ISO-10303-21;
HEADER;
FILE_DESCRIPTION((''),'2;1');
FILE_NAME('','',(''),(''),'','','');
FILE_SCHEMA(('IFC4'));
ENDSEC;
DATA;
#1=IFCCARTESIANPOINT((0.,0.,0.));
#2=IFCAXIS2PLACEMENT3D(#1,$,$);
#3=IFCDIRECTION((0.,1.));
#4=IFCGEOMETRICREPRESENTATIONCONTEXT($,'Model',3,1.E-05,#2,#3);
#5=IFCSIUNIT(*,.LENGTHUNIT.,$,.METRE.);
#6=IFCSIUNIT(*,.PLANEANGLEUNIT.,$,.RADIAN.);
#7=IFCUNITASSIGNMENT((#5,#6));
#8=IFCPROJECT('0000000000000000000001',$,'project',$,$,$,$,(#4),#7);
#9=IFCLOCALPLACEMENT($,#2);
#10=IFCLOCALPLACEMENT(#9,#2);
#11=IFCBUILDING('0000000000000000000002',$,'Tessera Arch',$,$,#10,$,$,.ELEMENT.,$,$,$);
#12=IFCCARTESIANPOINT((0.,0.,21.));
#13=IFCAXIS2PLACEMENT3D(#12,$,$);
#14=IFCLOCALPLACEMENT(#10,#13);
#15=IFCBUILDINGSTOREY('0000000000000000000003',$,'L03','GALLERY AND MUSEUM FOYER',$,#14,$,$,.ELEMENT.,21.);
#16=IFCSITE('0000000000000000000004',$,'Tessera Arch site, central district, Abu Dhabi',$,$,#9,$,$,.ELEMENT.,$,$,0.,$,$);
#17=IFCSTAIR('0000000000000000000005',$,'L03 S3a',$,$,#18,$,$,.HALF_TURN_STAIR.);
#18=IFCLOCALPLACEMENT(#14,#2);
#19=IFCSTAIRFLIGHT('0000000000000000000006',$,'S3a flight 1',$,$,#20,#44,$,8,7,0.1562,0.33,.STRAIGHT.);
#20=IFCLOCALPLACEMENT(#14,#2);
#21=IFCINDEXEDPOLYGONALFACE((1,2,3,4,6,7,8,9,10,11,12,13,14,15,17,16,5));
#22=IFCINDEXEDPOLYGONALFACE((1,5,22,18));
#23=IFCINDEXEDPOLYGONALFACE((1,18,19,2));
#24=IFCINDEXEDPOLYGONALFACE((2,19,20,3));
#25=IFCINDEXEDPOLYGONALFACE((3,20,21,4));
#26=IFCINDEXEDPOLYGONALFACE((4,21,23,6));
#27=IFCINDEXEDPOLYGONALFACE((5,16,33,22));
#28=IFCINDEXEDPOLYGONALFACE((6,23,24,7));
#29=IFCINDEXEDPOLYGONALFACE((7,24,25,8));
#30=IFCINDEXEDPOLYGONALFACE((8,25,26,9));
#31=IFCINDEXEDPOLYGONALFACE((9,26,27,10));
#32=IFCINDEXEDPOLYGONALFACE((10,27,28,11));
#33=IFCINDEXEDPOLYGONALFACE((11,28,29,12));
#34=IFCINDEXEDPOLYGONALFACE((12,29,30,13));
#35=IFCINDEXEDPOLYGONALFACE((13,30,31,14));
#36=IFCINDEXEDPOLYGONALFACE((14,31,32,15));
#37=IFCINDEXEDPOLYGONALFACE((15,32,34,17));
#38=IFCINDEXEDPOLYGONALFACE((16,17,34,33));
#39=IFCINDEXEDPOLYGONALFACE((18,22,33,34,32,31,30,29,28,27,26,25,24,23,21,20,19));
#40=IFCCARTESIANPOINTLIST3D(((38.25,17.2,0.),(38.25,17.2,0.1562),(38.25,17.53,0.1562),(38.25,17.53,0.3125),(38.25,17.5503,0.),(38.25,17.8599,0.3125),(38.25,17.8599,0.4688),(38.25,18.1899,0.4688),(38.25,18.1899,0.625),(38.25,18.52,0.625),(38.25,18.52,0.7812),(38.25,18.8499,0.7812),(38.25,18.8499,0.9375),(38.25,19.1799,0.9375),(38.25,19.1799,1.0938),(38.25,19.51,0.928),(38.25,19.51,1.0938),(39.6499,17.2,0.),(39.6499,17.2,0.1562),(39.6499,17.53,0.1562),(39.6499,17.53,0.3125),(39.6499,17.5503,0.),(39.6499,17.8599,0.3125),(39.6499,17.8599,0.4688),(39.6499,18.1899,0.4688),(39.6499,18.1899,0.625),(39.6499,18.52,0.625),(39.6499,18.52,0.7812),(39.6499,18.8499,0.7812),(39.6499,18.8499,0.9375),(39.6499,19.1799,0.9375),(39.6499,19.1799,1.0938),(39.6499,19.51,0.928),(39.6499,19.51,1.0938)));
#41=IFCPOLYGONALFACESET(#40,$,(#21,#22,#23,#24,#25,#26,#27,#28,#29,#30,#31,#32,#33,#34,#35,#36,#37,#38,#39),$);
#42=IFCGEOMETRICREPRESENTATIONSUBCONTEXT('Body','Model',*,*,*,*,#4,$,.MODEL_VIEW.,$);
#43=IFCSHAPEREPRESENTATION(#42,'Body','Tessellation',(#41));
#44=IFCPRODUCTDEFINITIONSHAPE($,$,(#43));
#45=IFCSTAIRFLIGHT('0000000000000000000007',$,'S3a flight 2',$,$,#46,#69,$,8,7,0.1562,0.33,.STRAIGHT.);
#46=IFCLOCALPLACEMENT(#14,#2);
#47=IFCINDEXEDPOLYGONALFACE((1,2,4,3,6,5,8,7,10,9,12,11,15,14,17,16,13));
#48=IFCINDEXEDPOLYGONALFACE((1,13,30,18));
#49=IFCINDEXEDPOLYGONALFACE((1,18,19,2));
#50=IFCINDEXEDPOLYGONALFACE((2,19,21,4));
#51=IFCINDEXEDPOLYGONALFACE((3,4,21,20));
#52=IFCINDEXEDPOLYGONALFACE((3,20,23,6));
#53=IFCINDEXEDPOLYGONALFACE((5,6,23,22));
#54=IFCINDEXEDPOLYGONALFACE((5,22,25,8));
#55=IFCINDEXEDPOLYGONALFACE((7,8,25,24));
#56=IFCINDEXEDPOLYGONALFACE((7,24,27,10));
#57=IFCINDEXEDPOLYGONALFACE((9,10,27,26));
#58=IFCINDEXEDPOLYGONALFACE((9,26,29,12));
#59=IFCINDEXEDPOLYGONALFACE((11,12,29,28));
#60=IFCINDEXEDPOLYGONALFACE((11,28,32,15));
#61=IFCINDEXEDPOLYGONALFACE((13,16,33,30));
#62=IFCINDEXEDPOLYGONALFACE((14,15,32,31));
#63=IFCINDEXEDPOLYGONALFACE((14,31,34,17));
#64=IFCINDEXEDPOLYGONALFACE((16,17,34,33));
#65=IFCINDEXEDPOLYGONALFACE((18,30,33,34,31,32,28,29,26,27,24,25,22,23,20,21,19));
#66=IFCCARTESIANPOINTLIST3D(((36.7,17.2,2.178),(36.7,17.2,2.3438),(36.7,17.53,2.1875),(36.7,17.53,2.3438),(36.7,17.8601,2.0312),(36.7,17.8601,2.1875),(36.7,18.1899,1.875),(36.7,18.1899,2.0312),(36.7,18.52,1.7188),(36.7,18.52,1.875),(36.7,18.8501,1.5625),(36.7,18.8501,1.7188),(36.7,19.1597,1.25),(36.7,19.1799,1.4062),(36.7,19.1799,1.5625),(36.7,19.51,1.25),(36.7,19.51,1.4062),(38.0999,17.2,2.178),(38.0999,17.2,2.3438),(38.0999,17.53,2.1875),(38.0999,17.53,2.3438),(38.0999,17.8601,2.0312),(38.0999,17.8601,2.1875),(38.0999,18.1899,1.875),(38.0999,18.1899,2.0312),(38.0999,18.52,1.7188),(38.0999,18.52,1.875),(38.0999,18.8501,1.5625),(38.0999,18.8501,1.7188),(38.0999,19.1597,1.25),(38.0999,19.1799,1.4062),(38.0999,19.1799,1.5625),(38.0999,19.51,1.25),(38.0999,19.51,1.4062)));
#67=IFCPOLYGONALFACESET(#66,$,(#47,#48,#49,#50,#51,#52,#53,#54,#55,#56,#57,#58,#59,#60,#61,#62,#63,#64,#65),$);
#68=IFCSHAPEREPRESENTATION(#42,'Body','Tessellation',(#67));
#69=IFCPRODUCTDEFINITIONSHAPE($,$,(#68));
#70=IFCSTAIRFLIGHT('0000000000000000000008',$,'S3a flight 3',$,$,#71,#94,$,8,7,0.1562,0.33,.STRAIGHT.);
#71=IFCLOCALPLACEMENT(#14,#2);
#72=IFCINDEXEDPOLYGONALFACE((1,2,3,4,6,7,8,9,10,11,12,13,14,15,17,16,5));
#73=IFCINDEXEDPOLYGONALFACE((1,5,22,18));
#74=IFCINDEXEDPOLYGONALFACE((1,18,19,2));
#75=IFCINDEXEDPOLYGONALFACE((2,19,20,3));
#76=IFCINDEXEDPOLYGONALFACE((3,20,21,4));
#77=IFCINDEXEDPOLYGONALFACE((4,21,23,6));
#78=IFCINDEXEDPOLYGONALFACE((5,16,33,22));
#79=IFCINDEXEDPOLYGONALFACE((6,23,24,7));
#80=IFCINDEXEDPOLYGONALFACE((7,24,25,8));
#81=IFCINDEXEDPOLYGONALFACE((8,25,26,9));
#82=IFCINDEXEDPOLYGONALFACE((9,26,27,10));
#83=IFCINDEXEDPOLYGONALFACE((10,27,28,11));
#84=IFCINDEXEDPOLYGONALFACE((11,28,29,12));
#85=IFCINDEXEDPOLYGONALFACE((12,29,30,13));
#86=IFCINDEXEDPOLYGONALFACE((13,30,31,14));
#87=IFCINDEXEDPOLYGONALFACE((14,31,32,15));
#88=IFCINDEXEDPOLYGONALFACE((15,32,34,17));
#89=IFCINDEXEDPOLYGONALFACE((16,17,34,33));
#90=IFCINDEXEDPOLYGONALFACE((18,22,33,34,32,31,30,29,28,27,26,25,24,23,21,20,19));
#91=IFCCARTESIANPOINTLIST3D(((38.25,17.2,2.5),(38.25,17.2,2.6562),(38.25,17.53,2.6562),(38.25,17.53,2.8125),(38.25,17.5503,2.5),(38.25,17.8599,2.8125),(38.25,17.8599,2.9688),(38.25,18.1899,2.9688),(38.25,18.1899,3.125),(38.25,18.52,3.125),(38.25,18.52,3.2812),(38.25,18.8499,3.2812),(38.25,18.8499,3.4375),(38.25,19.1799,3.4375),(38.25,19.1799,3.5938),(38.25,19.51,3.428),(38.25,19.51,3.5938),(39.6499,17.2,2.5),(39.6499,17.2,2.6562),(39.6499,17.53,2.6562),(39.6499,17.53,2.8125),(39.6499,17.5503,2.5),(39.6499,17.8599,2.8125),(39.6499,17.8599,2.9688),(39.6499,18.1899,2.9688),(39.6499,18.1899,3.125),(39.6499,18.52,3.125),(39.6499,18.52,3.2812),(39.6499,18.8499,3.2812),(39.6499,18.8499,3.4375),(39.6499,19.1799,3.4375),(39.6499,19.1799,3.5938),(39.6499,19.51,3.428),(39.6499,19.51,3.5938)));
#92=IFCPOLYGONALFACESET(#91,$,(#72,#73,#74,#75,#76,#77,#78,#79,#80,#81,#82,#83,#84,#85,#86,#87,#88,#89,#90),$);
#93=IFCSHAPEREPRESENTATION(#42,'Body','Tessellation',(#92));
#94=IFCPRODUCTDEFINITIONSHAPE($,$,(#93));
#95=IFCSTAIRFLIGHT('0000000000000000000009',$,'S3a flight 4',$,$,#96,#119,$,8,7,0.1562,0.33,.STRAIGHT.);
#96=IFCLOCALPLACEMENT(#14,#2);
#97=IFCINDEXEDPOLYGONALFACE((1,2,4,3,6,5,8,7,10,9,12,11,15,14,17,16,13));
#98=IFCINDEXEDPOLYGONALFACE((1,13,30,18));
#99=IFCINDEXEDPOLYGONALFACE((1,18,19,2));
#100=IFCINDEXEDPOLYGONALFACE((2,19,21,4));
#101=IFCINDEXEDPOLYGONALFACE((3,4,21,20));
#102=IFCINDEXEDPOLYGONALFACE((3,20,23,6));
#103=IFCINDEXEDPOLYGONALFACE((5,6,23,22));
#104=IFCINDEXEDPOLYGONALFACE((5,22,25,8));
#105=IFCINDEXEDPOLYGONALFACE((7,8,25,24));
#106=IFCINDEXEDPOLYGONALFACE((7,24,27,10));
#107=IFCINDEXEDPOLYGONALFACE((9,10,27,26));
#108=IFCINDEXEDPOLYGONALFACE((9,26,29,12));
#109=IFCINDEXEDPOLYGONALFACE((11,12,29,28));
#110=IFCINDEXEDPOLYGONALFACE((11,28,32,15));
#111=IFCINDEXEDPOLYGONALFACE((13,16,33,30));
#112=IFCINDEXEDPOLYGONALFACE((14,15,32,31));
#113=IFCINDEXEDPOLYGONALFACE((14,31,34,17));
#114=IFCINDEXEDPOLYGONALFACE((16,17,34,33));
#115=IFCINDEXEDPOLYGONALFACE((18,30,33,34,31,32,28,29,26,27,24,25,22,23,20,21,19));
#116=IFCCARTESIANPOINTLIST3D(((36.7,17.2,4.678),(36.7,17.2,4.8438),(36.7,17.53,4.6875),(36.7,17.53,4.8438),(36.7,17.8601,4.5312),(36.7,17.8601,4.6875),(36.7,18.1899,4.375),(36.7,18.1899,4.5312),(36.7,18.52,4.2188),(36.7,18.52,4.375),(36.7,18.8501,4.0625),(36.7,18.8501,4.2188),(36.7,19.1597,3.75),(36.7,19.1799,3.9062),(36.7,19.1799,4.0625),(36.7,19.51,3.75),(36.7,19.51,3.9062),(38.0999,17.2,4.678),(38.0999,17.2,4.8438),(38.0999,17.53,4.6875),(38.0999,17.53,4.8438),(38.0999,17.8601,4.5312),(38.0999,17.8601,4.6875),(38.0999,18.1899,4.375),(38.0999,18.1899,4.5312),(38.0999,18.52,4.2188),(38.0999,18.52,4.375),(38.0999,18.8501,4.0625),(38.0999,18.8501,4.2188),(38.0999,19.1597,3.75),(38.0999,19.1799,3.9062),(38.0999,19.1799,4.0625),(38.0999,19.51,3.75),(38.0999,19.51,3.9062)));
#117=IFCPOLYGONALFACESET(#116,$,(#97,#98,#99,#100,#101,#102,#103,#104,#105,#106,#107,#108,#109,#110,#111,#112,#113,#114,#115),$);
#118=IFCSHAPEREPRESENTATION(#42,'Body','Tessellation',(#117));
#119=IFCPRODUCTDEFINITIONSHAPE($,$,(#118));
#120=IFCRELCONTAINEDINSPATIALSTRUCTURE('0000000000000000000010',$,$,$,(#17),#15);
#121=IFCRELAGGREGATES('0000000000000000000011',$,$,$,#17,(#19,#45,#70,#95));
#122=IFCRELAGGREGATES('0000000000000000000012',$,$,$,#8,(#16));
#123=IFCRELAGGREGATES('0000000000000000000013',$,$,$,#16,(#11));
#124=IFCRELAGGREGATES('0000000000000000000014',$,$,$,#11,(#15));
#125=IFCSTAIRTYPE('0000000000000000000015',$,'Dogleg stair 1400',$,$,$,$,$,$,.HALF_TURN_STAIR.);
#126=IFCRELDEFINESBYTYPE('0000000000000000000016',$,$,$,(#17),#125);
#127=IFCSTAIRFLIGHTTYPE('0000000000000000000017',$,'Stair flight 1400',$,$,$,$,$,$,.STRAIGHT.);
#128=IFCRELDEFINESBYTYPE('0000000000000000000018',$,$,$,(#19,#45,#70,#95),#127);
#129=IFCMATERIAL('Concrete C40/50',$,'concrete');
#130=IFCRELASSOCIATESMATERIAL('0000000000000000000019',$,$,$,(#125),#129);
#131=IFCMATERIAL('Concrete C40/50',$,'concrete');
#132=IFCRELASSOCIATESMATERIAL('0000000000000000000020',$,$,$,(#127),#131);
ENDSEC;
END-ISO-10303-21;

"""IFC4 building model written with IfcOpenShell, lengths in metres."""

from ifc_helpers import new_model, si_unit, direction, frame, origin, place, context, subcontext, project, spatial, polyline, outline, extrude, material, type_object, element, aggregate, save


model = new_model("IFC4")

# Units and contexts
model_context = context("Model", 3, precision=1e-05, world=origin(), true_north=direction((0.0, 1.0)))
body_context = subcontext(model_context, "Body", "Model", "MODEL_VIEW")
ifc_project = project(units=[si_unit("LENGTHUNIT", "METRE"), si_unit("PLANEANGLEUNIT", "RADIAN")], contexts=[model_context])

# Site, building, storey
site_placement = place(None, origin())
site = spatial("IfcSite", under=ifc_project, at=site_placement, Name="Tessera Arch site, central district, Abu Dhabi", CompositionType="ELEMENT", RefElevation=0.0)
building_placement = place(site_placement, origin())
building = spatial("IfcBuilding", under=site, at=building_placement, Name="Tessera Arch", CompositionType="ELEMENT")
storey_placement = place(building_placement, frame((0.0, 0.0, 21.0)))
storey = spatial("IfcBuildingStorey", under=building, at=storey_placement, Name="L03", Description="GALLERY AND MUSEUM FOYER", CompositionType="ELEMENT", Elevation=21.0)

# Stair, stair flights
ifc_material_1 = material(Name="Concrete C40/50", Category="concrete")
stair_type = type_object("IfcStairType", Name="Dogleg stair 1400", PredefinedType="HALF_TURN_STAIR", material=ifc_material_1)
stair_placement = place(storey_placement, origin())
stair = element("IfcStair", 1, at=stair_placement, inside=storey, type_object=stair_type, Name="L03 S3a", PredefinedType="HALF_TURN_STAIR")
ifc_material_2 = material(Name="Concrete C40/50", Category="concrete")
stair_flight_type = type_object("IfcStairFlightType", Name="Stair flight 1400", PredefinedType="STRAIGHT", material=ifc_material_2)
stair_flight_1_placement = place(storey_placement, frame((38.95, 17.2, 0.0), z_axis=(0.0, 0.0, 1.0), x_axis=(0.0, 1.0, 0.0)))
stair_flight_1 = element("IfcStairFlight", 2, at=stair_flight_1_placement, type_object=stair_flight_type, Name="S3a flight 1", NumberOfRisers=8, NumberOfTreads=7, PredefinedType="STRAIGHT", RiserHeight=0.1562, TreadLength=0.33, context=body_context, shape_type="SweptSolid", body=[
    extrude(outline(polyline([(0.0, 0.0), (0.0, 0.1562), (0.3301, 0.1562), (0.3301, 0.3125), (0.6599, 0.3125), (0.6599, 0.4688), (0.99, 0.4688), (0.99, 0.625), (1.3201, 0.625), (1.3201, 0.7812), (1.6499, 0.7812), (1.6499, 0.9375), (1.98, 0.9375), (1.98, 1.0938), (2.3101, 1.0938), (2.3101, 1.25), (2.3101, 0.928), (0.3503, 0.0), (0.0, 0.0)])), frame((0.0, 0.7, 0.0), z_axis=(0.0, -1.0, 0.0), x_axis=(1.0, 0.0, 0.0)), (0.0, 0.0, 1.0), 1.3999),
])
stair_flight_2_placement = place(storey_placement, frame((37.3999, 19.51, 1.25), z_axis=(0.0, 0.0, 1.0), x_axis=(0.0, -1.0, 0.0)))
stair_flight_2 = element("IfcStairFlight", 3, at=stair_flight_2_placement, type_object=stair_flight_type, Name="S3a flight 2", NumberOfRisers=8, NumberOfTreads=7, PredefinedType="STRAIGHT", RiserHeight=0.1562, TreadLength=0.33, context=body_context, shape_type="SweptSolid", body=[
    extrude(outline(polyline([(0.0, 0.0), (0.0, 0.1562), (0.3301, 0.1562), (0.3301, 0.3125), (0.6599, 0.3125), (0.6599, 0.4688), (0.99, 0.4688), (0.99, 0.625), (1.3201, 0.625), (1.3201, 0.7812), (1.6499, 0.7812), (1.6499, 0.9375), (1.98, 0.9375), (1.98, 1.0938), (2.3101, 1.0938), (2.3101, 1.25), (2.3101, 0.928), (0.3503, 0.0), (0.0, 0.0)])), frame((0.0, 0.7, 0.0), z_axis=(0.0, -1.0, 0.0), x_axis=(1.0, 0.0, 0.0)), (0.0, 0.0, 1.0), 1.3999),
])
stair_flight_3_placement = place(storey_placement, frame((38.95, 17.2, 2.5), z_axis=(0.0, 0.0, 1.0), x_axis=(0.0, 1.0, 0.0)))
stair_flight_3 = element("IfcStairFlight", 4, at=stair_flight_3_placement, type_object=stair_flight_type, Name="S3a flight 3", NumberOfRisers=8, NumberOfTreads=7, PredefinedType="STRAIGHT", RiserHeight=0.1562, TreadLength=0.33, context=body_context, shape_type="SweptSolid", body=[
    extrude(outline(polyline([(0.0, 0.0), (0.0, 0.1562), (0.3301, 0.1562), (0.3301, 0.3125), (0.6599, 0.3125), (0.6599, 0.4688), (0.99, 0.4688), (0.99, 0.625), (1.3201, 0.625), (1.3201, 0.7812), (1.6499, 0.7812), (1.6499, 0.9375), (1.98, 0.9375), (1.98, 1.0938), (2.3101, 1.0938), (2.3101, 1.25), (2.3101, 0.928), (0.3503, 0.0), (0.0, 0.0)])), frame((0.0, 0.7, 0.0), z_axis=(0.0, -1.0, 0.0), x_axis=(1.0, 0.0, 0.0)), (0.0, 0.0, 1.0), 1.3999),
])
stair_flight_4_placement = place(storey_placement, frame((37.3999, 19.51, 3.75), z_axis=(0.0, 0.0, 1.0), x_axis=(0.0, -1.0, 0.0)))
stair_flight_4 = element("IfcStairFlight", 5, at=stair_flight_4_placement, type_object=stair_flight_type, Name="S3a flight 4", NumberOfRisers=8, NumberOfTreads=7, PredefinedType="STRAIGHT", RiserHeight=0.1562, TreadLength=0.33, context=body_context, shape_type="SweptSolid", body=[
    extrude(outline(polyline([(0.0, 0.0), (0.0, 0.1562), (0.3301, 0.1562), (0.3301, 0.3125), (0.6599, 0.3125), (0.6599, 0.4688), (0.99, 0.4688), (0.99, 0.625), (1.3201, 0.625), (1.3201, 0.7812), (1.6499, 0.7812), (1.6499, 0.9375), (1.98, 0.9375), (1.98, 1.0938), (2.3101, 1.0938), (2.3101, 1.25), (2.3101, 0.928), (0.3503, 0.0), (0.0, 0.0)])), frame((0.0, 0.7, 0.0), z_axis=(0.0, -1.0, 0.0), x_axis=(1.0, 0.0, 0.0)), (0.0, 0.0, 1.0), 1.3999),
])
aggregate(stair, [stair_flight_1, stair_flight_2, stair_flight_3, stair_flight_4])

save(model, "model.ifc")
